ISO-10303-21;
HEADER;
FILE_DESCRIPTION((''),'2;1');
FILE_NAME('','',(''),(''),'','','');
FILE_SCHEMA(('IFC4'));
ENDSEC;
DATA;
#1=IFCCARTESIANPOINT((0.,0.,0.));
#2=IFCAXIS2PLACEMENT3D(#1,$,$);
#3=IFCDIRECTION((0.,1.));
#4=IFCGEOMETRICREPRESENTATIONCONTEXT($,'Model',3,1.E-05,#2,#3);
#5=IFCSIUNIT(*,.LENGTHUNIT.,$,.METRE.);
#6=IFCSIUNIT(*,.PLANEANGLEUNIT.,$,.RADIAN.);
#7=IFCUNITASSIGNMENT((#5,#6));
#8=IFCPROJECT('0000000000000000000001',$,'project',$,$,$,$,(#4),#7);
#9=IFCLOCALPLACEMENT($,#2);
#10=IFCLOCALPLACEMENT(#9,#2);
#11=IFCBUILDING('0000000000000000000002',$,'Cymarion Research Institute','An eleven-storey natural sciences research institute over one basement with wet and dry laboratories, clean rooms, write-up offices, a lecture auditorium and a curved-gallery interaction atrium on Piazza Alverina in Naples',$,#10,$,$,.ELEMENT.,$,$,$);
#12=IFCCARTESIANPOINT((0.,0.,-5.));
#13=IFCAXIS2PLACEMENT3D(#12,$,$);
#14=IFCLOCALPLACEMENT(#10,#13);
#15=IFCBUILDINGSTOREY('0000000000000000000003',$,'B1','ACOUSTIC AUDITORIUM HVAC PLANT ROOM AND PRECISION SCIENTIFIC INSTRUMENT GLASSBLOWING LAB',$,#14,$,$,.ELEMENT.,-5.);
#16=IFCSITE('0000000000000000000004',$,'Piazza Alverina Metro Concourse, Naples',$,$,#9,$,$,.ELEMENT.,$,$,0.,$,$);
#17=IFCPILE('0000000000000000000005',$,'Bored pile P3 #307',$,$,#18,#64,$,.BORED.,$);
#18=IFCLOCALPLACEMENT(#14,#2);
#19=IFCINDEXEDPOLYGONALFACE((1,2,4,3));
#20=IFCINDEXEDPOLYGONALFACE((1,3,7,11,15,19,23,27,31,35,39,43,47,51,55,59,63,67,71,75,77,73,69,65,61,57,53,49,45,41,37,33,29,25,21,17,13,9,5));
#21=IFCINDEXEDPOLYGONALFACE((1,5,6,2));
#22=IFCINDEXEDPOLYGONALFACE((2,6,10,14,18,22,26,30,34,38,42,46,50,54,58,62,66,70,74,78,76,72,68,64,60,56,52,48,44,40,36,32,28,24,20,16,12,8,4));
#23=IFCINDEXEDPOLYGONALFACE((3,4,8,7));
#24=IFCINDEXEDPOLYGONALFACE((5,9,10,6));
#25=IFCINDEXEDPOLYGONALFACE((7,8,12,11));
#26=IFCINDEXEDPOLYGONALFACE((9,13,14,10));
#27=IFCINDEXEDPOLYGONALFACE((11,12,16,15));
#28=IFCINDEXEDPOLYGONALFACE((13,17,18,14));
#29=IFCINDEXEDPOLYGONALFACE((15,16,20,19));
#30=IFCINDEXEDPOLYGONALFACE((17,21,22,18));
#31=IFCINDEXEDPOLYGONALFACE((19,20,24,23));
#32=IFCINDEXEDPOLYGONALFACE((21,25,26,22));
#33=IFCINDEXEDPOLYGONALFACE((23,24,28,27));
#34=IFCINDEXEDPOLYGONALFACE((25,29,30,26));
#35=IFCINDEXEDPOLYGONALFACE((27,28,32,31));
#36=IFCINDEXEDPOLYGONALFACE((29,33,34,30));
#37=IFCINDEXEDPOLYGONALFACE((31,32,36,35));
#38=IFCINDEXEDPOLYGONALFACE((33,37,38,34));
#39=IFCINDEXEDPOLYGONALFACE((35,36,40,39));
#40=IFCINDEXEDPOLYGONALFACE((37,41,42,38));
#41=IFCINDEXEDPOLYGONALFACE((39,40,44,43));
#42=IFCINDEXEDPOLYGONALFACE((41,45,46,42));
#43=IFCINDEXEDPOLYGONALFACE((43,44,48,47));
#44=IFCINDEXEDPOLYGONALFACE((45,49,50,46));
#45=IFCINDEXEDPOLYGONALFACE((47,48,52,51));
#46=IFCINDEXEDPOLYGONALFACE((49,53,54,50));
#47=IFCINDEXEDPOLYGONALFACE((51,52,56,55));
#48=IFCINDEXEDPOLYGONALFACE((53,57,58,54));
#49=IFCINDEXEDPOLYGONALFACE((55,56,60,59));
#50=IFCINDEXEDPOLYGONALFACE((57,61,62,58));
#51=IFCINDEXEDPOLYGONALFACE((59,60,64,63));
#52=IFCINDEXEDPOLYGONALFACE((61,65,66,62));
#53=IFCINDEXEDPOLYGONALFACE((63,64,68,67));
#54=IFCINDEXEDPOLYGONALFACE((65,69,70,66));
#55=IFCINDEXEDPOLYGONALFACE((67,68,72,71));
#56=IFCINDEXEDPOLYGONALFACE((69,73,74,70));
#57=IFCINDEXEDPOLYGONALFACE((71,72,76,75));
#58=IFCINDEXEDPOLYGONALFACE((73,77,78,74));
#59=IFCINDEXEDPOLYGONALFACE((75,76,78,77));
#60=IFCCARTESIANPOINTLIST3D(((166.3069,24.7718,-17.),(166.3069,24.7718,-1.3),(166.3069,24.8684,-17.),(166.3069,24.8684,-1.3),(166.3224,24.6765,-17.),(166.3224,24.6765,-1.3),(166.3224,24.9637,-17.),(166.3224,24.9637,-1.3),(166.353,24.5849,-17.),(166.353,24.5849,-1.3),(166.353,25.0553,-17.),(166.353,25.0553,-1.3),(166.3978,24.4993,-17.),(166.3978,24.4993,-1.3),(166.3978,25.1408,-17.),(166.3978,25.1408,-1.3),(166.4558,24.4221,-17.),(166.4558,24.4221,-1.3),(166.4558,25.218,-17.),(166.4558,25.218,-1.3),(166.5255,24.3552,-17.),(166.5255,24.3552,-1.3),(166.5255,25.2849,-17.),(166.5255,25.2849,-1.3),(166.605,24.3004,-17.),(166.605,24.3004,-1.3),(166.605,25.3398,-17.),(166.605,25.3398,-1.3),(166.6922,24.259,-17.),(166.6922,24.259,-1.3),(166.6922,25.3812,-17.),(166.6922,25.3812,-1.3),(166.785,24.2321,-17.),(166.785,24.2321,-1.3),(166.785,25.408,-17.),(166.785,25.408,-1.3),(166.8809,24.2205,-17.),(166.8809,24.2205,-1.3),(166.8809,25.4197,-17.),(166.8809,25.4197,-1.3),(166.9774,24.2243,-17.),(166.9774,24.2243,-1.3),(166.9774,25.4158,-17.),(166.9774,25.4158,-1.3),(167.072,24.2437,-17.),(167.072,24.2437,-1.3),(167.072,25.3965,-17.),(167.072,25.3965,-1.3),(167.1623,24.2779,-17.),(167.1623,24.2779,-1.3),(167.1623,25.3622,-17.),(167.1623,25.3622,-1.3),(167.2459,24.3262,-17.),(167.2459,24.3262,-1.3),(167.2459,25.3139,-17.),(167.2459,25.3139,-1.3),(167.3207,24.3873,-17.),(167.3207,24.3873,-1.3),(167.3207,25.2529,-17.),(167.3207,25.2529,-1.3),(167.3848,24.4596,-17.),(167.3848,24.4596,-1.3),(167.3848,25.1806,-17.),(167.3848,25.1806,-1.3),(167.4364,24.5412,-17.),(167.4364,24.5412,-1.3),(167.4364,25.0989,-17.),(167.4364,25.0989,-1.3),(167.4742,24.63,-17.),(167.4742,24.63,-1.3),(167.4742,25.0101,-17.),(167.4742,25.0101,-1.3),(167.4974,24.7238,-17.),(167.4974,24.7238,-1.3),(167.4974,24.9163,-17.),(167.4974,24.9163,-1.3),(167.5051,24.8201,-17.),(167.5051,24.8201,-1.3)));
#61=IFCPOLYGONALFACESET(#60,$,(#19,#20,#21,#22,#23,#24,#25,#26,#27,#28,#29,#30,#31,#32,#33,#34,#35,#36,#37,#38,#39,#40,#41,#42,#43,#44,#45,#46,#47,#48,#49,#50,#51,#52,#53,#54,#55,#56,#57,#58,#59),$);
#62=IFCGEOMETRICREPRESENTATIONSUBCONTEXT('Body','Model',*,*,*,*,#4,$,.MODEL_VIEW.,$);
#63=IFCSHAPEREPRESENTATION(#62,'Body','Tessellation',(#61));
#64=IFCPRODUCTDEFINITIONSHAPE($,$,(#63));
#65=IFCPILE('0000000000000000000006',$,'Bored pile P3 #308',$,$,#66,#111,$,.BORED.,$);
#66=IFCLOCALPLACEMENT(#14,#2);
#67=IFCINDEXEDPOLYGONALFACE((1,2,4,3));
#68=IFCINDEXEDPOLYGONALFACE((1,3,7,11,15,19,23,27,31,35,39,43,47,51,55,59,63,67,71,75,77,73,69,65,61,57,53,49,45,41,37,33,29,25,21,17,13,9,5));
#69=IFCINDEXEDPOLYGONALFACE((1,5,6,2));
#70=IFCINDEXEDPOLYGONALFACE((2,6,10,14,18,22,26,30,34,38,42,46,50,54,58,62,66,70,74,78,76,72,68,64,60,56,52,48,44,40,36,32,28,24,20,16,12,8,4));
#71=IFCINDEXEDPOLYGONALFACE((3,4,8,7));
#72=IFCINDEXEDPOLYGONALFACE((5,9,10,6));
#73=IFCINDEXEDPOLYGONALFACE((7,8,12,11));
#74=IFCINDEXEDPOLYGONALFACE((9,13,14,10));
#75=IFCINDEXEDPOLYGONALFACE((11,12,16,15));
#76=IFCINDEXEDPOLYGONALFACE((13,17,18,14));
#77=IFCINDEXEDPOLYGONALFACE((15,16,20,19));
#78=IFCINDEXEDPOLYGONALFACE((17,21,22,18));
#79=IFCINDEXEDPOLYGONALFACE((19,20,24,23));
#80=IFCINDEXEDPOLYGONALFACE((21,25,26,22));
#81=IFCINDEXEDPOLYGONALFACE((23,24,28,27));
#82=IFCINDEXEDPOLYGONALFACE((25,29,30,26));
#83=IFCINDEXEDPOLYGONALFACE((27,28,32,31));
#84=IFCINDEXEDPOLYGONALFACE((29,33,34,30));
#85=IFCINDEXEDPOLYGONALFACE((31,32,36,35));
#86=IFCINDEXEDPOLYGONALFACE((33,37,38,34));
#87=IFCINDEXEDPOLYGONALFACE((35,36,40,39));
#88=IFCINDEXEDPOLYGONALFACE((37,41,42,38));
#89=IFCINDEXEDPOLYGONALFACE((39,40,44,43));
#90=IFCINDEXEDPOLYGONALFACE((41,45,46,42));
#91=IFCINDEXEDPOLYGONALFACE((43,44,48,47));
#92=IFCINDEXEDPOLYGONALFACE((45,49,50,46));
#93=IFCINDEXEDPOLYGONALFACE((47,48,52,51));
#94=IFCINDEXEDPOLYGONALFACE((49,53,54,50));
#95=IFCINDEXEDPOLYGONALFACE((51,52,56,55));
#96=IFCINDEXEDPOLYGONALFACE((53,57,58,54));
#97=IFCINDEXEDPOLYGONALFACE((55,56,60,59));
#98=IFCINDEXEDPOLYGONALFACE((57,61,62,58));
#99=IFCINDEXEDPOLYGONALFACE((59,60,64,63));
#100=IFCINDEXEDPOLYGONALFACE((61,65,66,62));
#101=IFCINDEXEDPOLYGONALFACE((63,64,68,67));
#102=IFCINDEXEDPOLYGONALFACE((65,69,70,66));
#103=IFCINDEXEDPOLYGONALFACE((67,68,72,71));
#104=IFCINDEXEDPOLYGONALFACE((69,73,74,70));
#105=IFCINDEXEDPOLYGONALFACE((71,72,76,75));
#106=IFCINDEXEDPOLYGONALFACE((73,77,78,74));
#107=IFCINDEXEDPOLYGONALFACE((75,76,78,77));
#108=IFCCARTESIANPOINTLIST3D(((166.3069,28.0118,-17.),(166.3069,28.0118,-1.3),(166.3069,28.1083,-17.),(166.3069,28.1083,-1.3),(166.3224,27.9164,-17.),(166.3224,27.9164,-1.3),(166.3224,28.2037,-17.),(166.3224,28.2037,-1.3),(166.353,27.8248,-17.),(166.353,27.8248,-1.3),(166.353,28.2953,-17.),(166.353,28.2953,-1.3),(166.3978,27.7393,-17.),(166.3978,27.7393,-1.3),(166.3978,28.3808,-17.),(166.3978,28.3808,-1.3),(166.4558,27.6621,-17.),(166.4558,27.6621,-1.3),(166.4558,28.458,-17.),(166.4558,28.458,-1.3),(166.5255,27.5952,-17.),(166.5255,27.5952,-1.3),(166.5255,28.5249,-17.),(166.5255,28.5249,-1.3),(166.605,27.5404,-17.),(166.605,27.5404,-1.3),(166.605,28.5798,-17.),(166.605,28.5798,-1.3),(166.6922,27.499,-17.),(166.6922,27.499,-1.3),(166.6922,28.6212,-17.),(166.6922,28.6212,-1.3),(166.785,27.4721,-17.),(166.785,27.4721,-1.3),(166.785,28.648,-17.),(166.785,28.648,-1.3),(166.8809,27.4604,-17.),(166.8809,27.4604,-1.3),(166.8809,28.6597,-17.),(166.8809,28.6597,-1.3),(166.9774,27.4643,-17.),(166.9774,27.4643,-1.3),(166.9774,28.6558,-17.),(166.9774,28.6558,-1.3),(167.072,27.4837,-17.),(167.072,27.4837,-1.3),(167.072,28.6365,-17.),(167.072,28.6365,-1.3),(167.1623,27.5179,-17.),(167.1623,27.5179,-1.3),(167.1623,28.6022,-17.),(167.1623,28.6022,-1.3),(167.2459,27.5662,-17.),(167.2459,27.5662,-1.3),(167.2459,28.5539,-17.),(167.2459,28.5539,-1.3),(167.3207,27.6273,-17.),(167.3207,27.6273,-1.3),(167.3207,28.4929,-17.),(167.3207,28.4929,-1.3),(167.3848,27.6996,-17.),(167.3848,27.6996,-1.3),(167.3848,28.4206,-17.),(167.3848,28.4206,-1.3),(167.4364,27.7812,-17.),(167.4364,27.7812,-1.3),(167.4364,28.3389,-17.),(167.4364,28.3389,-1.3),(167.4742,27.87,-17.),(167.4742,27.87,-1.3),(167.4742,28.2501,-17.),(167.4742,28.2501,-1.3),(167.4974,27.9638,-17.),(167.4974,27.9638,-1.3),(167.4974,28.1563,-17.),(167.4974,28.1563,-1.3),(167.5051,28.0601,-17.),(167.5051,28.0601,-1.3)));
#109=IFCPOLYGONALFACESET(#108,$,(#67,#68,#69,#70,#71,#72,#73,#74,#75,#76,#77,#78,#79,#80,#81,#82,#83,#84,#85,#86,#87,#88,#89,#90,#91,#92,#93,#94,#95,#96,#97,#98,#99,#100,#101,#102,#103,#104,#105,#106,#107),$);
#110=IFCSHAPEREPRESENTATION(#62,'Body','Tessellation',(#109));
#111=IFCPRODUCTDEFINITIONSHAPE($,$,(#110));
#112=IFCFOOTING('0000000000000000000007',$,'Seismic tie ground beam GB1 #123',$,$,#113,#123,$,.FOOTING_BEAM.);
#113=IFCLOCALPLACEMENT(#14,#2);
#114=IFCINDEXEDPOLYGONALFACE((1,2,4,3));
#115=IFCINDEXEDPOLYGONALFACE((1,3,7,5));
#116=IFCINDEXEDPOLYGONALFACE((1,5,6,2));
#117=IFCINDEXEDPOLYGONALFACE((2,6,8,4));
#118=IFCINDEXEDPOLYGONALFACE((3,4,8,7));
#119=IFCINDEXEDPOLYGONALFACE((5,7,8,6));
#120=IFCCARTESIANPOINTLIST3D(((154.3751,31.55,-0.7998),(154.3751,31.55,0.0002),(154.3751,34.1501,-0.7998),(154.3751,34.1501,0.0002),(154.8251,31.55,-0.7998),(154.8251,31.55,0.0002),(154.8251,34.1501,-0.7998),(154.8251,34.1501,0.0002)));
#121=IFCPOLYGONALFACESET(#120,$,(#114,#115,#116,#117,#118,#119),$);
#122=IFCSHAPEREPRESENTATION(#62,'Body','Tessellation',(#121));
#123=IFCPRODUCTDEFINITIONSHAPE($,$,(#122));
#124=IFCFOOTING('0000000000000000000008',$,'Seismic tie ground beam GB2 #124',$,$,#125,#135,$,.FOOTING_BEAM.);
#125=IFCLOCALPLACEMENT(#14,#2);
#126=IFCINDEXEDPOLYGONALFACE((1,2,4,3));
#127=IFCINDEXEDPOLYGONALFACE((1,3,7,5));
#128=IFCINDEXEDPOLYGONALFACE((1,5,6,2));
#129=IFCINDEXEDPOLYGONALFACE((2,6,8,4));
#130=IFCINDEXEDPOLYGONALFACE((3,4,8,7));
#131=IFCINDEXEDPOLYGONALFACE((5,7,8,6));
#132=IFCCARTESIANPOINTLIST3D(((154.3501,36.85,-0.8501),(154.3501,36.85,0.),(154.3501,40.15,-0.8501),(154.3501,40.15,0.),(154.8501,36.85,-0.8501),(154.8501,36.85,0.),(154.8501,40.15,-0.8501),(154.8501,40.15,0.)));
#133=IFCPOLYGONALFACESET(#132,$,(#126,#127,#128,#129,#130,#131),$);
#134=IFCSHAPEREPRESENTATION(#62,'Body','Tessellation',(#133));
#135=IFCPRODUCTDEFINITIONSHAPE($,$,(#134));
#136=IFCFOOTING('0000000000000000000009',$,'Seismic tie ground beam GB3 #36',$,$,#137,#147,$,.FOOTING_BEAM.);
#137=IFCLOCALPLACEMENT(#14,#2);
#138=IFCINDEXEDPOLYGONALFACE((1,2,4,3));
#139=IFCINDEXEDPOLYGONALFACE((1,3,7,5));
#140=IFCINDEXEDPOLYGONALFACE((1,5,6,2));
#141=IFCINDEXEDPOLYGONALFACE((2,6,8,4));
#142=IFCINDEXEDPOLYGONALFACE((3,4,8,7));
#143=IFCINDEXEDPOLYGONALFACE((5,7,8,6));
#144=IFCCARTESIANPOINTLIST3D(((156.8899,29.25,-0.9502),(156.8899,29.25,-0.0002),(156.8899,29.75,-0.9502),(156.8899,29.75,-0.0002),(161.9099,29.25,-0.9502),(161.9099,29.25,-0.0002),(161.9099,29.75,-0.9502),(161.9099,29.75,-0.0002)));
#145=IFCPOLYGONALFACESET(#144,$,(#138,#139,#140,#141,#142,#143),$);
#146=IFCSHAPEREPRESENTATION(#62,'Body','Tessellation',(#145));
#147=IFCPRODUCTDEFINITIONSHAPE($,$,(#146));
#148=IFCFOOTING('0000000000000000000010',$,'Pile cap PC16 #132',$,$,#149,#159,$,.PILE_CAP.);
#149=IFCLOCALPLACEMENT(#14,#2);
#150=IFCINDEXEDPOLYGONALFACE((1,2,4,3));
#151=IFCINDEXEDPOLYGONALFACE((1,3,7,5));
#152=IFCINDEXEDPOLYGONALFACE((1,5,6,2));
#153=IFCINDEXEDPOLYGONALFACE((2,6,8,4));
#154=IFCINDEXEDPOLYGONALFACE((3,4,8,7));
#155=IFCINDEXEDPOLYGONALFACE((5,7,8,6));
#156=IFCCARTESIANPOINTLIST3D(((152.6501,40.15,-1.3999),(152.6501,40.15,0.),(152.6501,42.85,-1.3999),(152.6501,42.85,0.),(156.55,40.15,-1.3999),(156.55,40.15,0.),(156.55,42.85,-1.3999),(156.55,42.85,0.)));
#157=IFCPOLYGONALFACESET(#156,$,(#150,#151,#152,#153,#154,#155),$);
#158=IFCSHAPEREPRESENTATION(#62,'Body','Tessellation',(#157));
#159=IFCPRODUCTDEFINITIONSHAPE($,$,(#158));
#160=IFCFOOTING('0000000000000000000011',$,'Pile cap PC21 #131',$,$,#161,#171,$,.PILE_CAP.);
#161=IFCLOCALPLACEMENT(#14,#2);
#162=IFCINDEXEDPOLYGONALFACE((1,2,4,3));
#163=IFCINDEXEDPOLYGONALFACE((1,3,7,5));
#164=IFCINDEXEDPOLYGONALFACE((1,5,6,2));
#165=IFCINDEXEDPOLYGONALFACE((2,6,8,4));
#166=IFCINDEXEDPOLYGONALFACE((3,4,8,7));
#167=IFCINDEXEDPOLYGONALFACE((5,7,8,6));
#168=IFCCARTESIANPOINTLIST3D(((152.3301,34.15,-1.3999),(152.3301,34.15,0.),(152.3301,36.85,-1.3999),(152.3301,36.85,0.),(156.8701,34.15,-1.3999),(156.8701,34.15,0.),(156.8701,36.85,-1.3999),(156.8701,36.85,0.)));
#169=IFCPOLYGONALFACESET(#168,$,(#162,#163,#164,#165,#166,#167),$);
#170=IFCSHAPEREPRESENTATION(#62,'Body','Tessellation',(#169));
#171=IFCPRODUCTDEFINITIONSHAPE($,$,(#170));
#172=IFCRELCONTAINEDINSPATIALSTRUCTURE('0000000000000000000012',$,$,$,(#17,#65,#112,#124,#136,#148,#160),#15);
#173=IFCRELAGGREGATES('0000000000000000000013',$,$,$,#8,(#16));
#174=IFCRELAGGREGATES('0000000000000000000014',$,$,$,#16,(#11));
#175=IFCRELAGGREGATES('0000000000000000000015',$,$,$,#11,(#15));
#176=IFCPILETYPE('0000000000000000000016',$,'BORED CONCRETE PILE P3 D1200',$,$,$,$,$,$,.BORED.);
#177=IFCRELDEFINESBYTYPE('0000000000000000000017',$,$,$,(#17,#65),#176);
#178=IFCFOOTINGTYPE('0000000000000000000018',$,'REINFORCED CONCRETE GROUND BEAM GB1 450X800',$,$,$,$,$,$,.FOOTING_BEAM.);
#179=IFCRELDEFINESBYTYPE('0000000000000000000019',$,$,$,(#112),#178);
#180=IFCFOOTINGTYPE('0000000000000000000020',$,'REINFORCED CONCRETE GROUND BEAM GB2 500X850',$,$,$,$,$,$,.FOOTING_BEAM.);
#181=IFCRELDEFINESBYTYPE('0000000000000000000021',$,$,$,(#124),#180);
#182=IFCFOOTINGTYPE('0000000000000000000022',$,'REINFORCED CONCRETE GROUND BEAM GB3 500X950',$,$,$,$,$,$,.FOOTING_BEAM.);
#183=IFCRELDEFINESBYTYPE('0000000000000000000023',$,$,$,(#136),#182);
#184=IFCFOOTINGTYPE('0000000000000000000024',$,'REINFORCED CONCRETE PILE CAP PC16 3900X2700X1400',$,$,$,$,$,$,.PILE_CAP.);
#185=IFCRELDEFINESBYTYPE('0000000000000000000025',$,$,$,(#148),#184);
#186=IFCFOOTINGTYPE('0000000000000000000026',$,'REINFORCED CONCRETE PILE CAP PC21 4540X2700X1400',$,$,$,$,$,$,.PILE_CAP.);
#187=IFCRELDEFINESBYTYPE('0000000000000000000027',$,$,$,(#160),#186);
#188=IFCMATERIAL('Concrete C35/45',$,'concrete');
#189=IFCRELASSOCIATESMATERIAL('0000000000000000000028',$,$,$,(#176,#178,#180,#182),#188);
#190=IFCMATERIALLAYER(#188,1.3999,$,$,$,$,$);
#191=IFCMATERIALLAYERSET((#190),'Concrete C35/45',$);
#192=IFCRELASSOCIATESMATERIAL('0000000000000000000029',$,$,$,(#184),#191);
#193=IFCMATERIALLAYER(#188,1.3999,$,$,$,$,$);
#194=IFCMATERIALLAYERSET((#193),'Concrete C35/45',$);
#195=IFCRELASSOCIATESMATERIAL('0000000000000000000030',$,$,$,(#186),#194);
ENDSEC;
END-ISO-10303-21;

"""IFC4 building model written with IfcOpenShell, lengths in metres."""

from ifc_helpers import new_model, si_unit, direction, frame, origin, origin_2d, place, context, subcontext, project, spatial, rectangle, circle, extrude, material, layer, layer_set, material_profile, profile_set, type_object, element, save


model = new_model("IFC4")

# Units and contexts
model_context = context("Model", 3, precision=1e-05, world=origin(), true_north=direction((0.0, 1.0)))
body_context = subcontext(model_context, "Body", "Model", "MODEL_VIEW")
ifc_project = project(units=[si_unit("LENGTHUNIT", "METRE"), si_unit("PLANEANGLEUNIT", "RADIAN")], contexts=[model_context])

# Site, building, storey
site_placement = place(None, origin())
site = spatial("IfcSite", under=ifc_project, at=site_placement, Name="Piazza Alverina Metro Concourse, Naples", CompositionType="ELEMENT", RefElevation=0.0)
building_placement = place(site_placement, origin())
building = spatial("IfcBuilding", under=site, at=building_placement, Name="Cymarion Research Institute", Description="An eleven-storey natural sciences research institute over one basement with wet and dry laboratories, clean rooms, write-up offices, a lecture auditorium and a curved-gallery interaction atrium on Piazza Alverina in Naples", CompositionType="ELEMENT")
storey_placement = place(building_placement, frame((0.0, 0.0, -5.0)))
storey = spatial("IfcBuildingStorey", under=building, at=storey_placement, Name="B1", Description="ACOUSTIC AUDITORIUM HVAC PLANT ROOM AND PRECISION SCIENTIFIC INSTRUMENT GLASSBLOWING LAB", CompositionType="ELEMENT", Elevation=-5.0)

# Piles
ifc_material_1 = material(Name="Concrete C35/45", Category="concrete")
ifc_material_profile_1 = material_profile(ifc_material_1, circle(Radius=0.6001, at=origin_2d()), Name="BORED PILE D1200")
ifc_profile_set_1 = profile_set([ifc_material_profile_1], Name="Concrete C35/45")
pile_type_1 = type_object("IfcPileType", Name="BORED CONCRETE PILE P3 D1200", PredefinedType="BORED", material=ifc_profile_set_1)
for number, where, z_axis, x_axis, name in (
    (1, (166.905, 24.8201, -1.3), (0.0, 0.0, -1.0), (1.0, 0.0, 0.0), "Bored pile P3 #307"),
    (2, (166.905, 28.0601, -1.3), (0.0, 0.0, -1.0), (1.0, 0.0, 0.0), "Bored pile P3 #308"),
):
    element("IfcPile", number, at=place(storey_placement, frame(where, z_axis=z_axis, x_axis=x_axis)), inside=storey, type_object=pile_type_1, Name=name, PredefinedType="BORED", context=body_context, shape_type="SweptSolid", body=[
        extrude(circle(Radius=0.6001, at=origin_2d()), origin(), (0.0, 0.0, 1.0), 15.7),
    ])

# Footings
footing_type_1 = type_object("IfcFootingType", Name="REINFORCED CONCRETE GROUND BEAM GB1 450X800", PredefinedType="FOOTING_BEAM", material=ifc_material_1)
footing_1_placement = place(storey_placement, frame((154.6001, 32.8501, -0.7998), z_axis=(0.0, 0.0, 1.0), x_axis=(0.0, 1.0, 0.0)))
element("IfcFooting", 3, at=footing_1_placement, inside=storey, type_object=footing_type_1, Name="Seismic tie ground beam GB1 #123", PredefinedType="FOOTING_BEAM", context=body_context, shape_type="SweptSolid", body=[
    extrude(rectangle(XDim=2.6001, YDim=0.45, at=origin_2d()), origin(), (0.0, 0.0, 1.0), 0.8),
])
footing_type_2 = type_object("IfcFootingType", Name="REINFORCED CONCRETE GROUND BEAM GB2 500X850", PredefinedType="FOOTING_BEAM", material=ifc_material_1)
footing_2_placement = place(storey_placement, frame((154.6001, 38.5, -0.8501), z_axis=(0.0, 0.0, 1.0), x_axis=(0.0, 1.0, 0.0)))
element("IfcFooting", 4, at=footing_2_placement, inside=storey, type_object=footing_type_2, Name="Seismic tie ground beam GB2 #124", PredefinedType="FOOTING_BEAM", context=body_context, shape_type="SweptSolid", body=[
    extrude(rectangle(XDim=3.3, YDim=0.5, at=origin_2d()), origin(), (0.0, 0.0, 1.0), 0.8501),
])
footing_type_3 = type_object("IfcFootingType", Name="REINFORCED CONCRETE GROUND BEAM GB3 500X950", PredefinedType="FOOTING_BEAM", material=ifc_material_1)
footing_3_placement = place(storey_placement, frame((159.3999, 29.5, -0.9502), z_axis=(0.0, 0.0, 1.0), x_axis=(1.0, 0.0, 0.0)))
element("IfcFooting", 5, at=footing_3_placement, inside=storey, type_object=footing_type_3, Name="Seismic tie ground beam GB3 #36", PredefinedType="FOOTING_BEAM", context=body_context, shape_type="SweptSolid", body=[
    extrude(rectangle(XDim=5.02, YDim=0.5, at=origin_2d()), origin(), (0.0, 0.0, 1.0), 0.95),
])
ifc_layer_1 = layer(ifc_material_1, 1.3999)
ifc_layer_set_1 = layer_set([ifc_layer_1], Name="Concrete C35/45")
footing_type_4 = type_object("IfcFootingType", Name="REINFORCED CONCRETE PILE CAP PC16 3900X2700X1400", PredefinedType="PILE_CAP", material=ifc_layer_set_1)
footing_4_placement = place(storey_placement, frame((154.6001, 41.5, -1.3999), z_axis=(0.0, 0.0, 1.0), x_axis=(1.0, 0.0, 0.0)))
element("IfcFooting", 6, at=footing_4_placement, inside=storey, type_object=footing_type_4, Name="Pile cap PC16 #132", PredefinedType="PILE_CAP", context=body_context, shape_type="SweptSolid", body=[
    extrude(rectangle(XDim=3.8999, YDim=2.7, at=origin_2d()), origin(), (0.0, 0.0, 1.0), 1.3999),
])
ifc_layer_2 = layer(ifc_material_1, 1.3999)
ifc_layer_set_2 = layer_set([ifc_layer_2], Name="Concrete C35/45")
footing_type_5 = type_object("IfcFootingType", Name="REINFORCED CONCRETE PILE CAP PC21 4540X2700X1400", PredefinedType="PILE_CAP", material=ifc_layer_set_2)
footing_5_placement = place(storey_placement, frame((154.6001, 35.5, -1.3999), z_axis=(0.0, 0.0, 1.0), x_axis=(1.0, 0.0, 0.0)))
element("IfcFooting", 7, at=footing_5_placement, inside=storey, type_object=footing_type_5, Name="Pile cap PC21 #131", PredefinedType="PILE_CAP", context=body_context, shape_type="SweptSolid", body=[
    extrude(rectangle(XDim=4.54, YDim=2.7, at=origin_2d()), origin(), (0.0, 0.0, 1.0), 1.3999),
])

save(model, "model.ifc")
